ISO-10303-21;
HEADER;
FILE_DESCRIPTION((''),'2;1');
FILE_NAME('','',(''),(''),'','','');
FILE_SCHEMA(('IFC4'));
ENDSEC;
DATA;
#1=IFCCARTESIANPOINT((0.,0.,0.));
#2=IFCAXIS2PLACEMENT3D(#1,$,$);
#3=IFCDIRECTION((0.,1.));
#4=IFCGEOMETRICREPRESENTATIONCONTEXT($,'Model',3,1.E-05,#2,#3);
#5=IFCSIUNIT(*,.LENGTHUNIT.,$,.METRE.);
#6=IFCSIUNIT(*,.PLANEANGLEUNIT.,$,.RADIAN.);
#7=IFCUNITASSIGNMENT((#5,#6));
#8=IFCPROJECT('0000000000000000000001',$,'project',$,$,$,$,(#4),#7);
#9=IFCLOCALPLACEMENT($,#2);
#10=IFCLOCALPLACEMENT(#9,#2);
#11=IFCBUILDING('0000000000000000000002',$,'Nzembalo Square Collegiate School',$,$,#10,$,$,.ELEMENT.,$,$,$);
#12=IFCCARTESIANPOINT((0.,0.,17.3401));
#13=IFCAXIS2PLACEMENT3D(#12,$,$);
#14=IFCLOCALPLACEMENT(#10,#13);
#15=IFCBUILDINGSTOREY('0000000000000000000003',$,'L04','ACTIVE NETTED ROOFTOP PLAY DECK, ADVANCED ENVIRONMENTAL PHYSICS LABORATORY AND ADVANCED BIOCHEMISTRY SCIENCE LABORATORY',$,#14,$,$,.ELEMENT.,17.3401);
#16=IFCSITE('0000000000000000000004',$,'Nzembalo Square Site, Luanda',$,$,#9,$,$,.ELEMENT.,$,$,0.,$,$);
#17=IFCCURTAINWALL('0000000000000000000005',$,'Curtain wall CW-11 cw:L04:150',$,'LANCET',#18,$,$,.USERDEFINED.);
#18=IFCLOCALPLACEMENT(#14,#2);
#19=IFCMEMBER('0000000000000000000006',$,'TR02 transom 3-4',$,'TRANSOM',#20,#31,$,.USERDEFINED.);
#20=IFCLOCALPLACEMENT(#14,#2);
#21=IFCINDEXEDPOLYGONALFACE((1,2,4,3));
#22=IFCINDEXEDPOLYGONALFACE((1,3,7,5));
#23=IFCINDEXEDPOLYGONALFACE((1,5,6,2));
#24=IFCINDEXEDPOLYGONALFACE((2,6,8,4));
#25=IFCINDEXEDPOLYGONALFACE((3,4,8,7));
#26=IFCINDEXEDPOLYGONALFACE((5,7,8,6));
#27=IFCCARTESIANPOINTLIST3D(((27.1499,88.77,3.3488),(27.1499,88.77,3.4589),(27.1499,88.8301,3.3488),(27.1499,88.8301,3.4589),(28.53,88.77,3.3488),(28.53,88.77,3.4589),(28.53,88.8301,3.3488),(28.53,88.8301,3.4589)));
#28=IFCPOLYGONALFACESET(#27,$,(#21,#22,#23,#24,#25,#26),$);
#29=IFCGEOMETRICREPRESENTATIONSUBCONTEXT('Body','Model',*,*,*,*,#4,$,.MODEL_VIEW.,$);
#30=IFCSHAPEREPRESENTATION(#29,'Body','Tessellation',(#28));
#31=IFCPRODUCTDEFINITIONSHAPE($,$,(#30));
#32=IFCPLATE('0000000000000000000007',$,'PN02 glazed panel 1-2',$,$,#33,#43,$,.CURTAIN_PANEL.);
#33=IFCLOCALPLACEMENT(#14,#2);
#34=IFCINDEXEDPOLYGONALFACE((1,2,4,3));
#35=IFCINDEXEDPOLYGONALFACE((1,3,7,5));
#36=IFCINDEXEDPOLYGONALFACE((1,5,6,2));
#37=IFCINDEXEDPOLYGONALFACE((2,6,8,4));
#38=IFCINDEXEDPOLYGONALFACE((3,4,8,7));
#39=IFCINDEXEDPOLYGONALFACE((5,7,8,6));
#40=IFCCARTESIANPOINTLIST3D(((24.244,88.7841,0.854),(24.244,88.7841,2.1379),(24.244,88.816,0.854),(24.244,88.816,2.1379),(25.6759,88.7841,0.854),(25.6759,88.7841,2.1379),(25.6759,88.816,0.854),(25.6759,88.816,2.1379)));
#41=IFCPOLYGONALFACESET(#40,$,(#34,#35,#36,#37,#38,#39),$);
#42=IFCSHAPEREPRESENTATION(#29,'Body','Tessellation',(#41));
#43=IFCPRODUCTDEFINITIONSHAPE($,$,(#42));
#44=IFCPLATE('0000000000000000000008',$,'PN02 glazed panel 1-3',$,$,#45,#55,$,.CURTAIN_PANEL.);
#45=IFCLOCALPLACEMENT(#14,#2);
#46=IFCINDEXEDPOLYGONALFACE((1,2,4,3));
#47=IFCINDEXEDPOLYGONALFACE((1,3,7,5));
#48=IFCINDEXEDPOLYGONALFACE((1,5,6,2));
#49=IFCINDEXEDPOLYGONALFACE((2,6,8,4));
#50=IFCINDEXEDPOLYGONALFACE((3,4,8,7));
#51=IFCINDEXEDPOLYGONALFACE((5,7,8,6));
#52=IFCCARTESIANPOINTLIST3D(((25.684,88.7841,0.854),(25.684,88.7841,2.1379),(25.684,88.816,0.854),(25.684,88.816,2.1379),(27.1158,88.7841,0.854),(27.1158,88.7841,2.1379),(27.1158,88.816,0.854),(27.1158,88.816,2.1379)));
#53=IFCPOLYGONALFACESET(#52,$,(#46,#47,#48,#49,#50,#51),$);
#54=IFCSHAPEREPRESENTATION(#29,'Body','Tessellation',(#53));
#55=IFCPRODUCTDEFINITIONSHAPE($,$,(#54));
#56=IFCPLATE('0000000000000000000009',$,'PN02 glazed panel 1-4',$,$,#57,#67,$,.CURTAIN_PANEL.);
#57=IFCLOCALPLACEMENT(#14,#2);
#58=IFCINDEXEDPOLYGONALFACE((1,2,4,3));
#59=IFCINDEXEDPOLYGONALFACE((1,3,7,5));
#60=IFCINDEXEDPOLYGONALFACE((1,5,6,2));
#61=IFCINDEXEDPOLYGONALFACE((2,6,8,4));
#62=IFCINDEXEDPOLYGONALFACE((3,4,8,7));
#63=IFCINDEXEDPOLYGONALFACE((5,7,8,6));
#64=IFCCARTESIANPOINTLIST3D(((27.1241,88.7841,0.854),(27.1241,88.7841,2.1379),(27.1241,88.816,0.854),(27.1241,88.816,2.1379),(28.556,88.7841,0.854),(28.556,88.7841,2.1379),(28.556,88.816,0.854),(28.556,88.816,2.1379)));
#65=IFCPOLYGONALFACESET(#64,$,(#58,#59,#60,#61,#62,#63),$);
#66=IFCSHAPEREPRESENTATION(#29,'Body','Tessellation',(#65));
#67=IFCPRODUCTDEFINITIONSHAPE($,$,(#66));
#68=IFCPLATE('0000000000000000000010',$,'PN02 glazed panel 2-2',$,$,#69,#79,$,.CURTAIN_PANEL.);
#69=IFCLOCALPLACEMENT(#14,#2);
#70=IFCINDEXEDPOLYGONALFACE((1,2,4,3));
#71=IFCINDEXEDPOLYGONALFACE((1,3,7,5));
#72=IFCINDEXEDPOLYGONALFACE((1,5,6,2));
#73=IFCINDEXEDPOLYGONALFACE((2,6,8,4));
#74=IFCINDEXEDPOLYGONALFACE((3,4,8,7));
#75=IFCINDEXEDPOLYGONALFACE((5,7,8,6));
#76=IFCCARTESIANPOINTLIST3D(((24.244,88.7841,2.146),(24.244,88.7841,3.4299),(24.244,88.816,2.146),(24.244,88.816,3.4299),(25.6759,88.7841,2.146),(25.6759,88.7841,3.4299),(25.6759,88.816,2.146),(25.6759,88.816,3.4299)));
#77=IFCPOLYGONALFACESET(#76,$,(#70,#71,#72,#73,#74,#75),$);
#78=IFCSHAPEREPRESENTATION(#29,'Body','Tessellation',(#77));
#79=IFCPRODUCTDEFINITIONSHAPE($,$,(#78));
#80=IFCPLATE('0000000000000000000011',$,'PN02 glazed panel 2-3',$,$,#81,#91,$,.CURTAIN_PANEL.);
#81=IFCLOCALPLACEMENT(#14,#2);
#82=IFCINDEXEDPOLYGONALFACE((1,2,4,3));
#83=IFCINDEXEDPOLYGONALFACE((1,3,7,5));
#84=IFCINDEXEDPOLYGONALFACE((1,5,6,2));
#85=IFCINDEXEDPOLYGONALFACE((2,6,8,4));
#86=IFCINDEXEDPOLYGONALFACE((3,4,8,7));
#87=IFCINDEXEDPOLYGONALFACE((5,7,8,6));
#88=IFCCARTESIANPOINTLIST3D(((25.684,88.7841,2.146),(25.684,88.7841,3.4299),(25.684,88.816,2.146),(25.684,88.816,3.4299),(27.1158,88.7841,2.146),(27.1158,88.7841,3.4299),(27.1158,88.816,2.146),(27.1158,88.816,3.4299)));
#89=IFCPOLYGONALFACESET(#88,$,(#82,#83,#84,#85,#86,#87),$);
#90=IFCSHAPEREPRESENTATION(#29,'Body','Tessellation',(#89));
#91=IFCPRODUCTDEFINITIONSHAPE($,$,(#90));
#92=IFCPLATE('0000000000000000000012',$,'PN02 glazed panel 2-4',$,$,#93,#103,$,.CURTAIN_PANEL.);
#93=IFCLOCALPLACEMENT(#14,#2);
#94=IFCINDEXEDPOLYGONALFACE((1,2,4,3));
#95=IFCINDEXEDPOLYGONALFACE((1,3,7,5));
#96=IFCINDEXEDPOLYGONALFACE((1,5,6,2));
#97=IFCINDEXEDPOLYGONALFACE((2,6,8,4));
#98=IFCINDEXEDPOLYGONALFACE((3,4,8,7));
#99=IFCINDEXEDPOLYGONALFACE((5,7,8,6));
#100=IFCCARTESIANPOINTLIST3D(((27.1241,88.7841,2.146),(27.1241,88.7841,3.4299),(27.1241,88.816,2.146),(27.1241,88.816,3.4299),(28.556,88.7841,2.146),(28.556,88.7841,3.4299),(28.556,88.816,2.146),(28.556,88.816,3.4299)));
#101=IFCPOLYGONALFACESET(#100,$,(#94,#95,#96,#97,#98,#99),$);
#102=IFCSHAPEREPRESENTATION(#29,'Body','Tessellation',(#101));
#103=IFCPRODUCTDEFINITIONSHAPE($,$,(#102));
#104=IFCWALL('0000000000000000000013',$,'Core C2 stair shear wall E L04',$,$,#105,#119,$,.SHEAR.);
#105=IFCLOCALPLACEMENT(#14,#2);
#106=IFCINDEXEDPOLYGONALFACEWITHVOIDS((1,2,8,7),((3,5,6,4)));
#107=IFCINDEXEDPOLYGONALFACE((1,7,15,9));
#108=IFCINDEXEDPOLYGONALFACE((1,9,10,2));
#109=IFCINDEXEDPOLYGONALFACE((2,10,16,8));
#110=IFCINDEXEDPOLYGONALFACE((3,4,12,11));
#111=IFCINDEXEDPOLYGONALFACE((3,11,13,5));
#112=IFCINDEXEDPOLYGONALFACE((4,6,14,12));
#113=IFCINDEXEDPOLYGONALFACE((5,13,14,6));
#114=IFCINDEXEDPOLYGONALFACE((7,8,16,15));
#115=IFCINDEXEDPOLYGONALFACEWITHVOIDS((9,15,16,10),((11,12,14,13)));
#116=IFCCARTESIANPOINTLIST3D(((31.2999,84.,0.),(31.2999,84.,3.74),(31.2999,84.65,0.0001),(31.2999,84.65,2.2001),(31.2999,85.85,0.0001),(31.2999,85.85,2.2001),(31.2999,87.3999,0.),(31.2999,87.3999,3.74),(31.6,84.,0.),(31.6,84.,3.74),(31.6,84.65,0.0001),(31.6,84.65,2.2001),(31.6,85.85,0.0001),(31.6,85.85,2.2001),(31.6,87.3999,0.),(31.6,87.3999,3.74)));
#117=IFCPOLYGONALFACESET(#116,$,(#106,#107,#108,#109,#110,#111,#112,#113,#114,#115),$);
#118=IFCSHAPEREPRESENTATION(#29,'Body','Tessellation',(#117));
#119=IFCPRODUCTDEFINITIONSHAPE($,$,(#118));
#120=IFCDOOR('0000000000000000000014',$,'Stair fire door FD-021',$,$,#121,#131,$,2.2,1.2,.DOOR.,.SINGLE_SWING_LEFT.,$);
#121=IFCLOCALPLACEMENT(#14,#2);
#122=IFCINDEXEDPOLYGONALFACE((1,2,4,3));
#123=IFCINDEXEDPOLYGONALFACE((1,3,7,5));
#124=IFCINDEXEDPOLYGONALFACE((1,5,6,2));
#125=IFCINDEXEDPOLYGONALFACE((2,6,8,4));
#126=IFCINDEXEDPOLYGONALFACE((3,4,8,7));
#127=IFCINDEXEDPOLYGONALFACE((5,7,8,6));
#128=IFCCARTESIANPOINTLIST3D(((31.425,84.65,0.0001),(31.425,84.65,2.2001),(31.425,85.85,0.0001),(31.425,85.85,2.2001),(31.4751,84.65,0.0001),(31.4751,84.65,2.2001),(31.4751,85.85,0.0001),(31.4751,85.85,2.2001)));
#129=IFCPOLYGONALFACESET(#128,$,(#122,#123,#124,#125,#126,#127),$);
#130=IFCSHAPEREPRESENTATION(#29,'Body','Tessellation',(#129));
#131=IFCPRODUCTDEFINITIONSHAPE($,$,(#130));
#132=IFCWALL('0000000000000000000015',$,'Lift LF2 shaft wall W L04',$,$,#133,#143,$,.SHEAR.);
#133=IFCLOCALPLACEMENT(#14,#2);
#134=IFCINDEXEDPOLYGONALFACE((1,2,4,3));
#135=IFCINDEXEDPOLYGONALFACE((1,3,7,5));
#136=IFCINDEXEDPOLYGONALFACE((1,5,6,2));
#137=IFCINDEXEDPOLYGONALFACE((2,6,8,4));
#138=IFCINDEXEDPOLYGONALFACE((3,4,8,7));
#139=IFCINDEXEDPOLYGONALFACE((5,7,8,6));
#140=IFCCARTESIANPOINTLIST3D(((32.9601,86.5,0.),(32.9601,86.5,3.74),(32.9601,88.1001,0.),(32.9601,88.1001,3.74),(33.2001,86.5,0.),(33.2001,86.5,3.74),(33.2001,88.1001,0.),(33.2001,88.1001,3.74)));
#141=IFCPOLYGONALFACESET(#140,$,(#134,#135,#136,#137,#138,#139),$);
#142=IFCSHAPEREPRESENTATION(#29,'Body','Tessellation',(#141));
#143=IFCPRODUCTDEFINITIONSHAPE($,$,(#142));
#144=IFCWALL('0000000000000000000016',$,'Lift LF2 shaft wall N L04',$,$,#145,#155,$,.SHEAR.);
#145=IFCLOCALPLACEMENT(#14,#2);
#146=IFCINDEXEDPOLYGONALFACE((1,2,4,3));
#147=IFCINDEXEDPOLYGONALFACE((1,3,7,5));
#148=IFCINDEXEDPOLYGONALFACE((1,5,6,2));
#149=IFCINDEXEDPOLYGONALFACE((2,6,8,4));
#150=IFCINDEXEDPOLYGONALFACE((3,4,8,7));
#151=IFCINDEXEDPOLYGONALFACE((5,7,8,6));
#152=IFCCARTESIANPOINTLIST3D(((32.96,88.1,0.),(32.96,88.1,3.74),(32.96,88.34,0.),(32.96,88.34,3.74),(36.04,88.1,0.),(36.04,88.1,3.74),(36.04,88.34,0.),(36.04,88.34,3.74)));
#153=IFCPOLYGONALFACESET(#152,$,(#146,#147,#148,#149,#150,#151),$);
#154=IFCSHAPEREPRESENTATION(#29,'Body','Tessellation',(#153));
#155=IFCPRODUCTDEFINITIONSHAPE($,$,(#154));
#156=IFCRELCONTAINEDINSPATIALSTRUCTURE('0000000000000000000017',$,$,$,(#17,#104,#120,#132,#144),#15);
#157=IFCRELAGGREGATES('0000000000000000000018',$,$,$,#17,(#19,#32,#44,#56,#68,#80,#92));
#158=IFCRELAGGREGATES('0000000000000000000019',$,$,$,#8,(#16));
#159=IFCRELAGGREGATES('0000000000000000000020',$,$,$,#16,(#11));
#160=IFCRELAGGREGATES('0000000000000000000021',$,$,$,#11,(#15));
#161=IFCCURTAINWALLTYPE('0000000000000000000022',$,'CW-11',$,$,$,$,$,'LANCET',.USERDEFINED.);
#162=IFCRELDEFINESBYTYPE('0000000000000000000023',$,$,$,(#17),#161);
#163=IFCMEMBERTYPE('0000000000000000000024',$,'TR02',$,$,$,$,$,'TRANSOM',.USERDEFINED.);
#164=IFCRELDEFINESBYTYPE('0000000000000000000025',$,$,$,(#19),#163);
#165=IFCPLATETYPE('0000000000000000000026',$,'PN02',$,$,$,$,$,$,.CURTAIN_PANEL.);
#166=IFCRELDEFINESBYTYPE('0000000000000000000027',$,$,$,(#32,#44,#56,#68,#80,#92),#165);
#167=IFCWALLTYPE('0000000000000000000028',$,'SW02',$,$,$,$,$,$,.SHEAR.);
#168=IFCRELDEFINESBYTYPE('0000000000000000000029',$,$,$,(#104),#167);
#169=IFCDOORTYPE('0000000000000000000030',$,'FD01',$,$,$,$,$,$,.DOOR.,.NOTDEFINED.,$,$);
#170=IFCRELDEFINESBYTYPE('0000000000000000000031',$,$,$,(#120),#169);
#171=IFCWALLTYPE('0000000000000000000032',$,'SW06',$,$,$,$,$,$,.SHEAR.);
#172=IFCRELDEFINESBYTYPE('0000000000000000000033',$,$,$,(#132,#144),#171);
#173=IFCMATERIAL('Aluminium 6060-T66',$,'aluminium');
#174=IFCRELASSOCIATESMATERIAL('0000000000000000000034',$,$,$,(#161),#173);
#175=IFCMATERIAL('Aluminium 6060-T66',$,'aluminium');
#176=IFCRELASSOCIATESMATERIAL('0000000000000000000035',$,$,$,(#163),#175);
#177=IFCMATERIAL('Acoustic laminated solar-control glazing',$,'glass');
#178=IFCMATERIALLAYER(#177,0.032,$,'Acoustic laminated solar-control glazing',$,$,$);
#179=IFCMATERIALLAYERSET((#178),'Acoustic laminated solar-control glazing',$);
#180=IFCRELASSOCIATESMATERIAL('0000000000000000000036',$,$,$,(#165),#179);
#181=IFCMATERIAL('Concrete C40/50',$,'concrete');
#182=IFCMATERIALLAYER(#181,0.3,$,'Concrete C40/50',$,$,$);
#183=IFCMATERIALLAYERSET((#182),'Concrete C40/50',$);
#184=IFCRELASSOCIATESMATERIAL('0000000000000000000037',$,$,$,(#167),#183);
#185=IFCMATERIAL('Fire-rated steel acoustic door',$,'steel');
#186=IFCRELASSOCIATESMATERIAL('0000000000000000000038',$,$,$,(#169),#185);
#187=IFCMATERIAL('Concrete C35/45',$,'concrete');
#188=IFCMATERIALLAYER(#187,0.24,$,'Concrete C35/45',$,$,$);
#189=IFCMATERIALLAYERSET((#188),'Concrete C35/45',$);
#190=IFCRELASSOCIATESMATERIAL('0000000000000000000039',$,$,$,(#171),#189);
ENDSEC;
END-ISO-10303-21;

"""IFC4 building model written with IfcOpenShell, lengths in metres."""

from ifc_helpers import new_model, si_unit, direction, frame, frame_2d, origin, origin_2d, place, context, subcontext, project, spatial, rectangle, extrude, material, layer, layer_set, material_profile, profile_set, type_object, element, fill, aggregate, save


model = new_model("IFC4")

# Units and contexts
model_context = context("Model", 3, precision=1e-05, world=origin(), true_north=direction((0.0, 1.0)))
body_context = subcontext(model_context, "Body", "Model", "MODEL_VIEW")
ifc_project = project(units=[si_unit("LENGTHUNIT", "METRE"), si_unit("PLANEANGLEUNIT", "RADIAN")], contexts=[model_context])

# Site, building, storey
site_placement = place(None, origin())
site = spatial("IfcSite", under=ifc_project, at=site_placement, Name="Nzembalo Square Site, Luanda", CompositionType="ELEMENT", RefElevation=0.0)
building_placement = place(site_placement, origin())
building = spatial("IfcBuilding", under=site, at=building_placement, Name="Nzembalo Square Collegiate School", CompositionType="ELEMENT")
storey_placement = place(building_placement, frame((0.0, 0.0, 17.3401)))
storey = spatial("IfcBuildingStorey", under=building, at=storey_placement, Name="L04", Description="ACTIVE NETTED ROOFTOP PLAY DECK, ADVANCED ENVIRONMENTAL PHYSICS LABORATORY AND ADVANCED BIOCHEMISTRY SCIENCE LABORATORY", CompositionType="ELEMENT", Elevation=17.3401)

# Curtain wall, member, plates
ifc_material_1 = material(Name="Aluminium 6060-T66", Category="aluminium")
curtain_wall_type = type_object("IfcCurtainWallType", Name="CW-11", ElementType="LANCET", PredefinedType="USERDEFINED", material=ifc_material_1)
curtain_wall_placement = place(storey_placement, origin())
curtain_wall = element("IfcCurtainWall", 1, at=curtain_wall_placement, inside=storey, type_object=curtain_wall_type, Name="Curtain wall CW-11 cw:L04:150", ObjectType="LANCET", PredefinedType="USERDEFINED")
ifc_material_2 = material(Name="Aluminium 6060-T66", Category="aluminium")
ifc_material_profile_1 = material_profile(ifc_material_2, rectangle(XDim=0.0601, YDim=0.1101, at=origin_2d()), Name="ALU T60x110")
ifc_profile_set_1 = profile_set([ifc_material_profile_1], Name="Aluminium 6060-T66")
member_type_1 = type_object("IfcMemberType", Name="TR02", ElementType="TRANSOM", PredefinedType="USERDEFINED", material=ifc_profile_set_1)
member_1_placement = place(storey_placement, frame((27.1499, 88.8, 3.4038), z_axis=(1.0, 0.0, 0.0), x_axis=(0.0, 1.0, 0.0)))
member_1 = element("IfcMember", 2, at=member_1_placement, type_object=member_type_1, Name="TR02 transom 3-4", ObjectType="TRANSOM", PredefinedType="USERDEFINED", context=body_context, shape_type="SweptSolid", body=[
    extrude(rectangle(XDim=0.0601, YDim=0.1101, at=origin_2d()), origin(), (0.0, 0.0, 1.0), 1.3801),
])
ifc_material_3 = material(Name="Acoustic laminated solar-control glazing", Category="glass")
ifc_layer_1 = layer(ifc_material_3, 0.032, Name="Acoustic laminated solar-control glazing")
ifc_layer_set_1 = layer_set([ifc_layer_1], Name="Acoustic laminated solar-control glazing")
plate_type = type_object("IfcPlateType", Name="PN02", PredefinedType="CURTAIN_PANEL", material=ifc_layer_set_1)
plate_1_placement = place(storey_placement, frame((24.96, 88.8, 0.854), z_axis=(0.0, 0.0, 1.0), x_axis=(1.0, 0.0, 0.0)))
plate_1 = element("IfcPlate", 3, at=plate_1_placement, type_object=plate_type, Name="PN02 glazed panel 1-2", PredefinedType="CURTAIN_PANEL", context=body_context, shape_type="SweptSolid", body=[
    extrude(rectangle(XDim=1.4319, YDim=0.032, at=origin_2d()), origin(), (0.0, 0.0, 1.0), 1.2839),
])
plate_2_placement = place(storey_placement, frame((26.3999, 88.8, 0.854), z_axis=(0.0, 0.0, 1.0), x_axis=(1.0, 0.0, 0.0)))
plate_2 = element("IfcPlate", 4, at=plate_2_placement, type_object=plate_type, Name="PN02 glazed panel 1-3", PredefinedType="CURTAIN_PANEL", context=body_context, shape_type="SweptSolid", body=[
    extrude(rectangle(XDim=1.4319, YDim=0.032, at=origin_2d()), origin(), (0.0, 0.0, 1.0), 1.2839),
])
plate_3_placement = place(storey_placement, frame((27.8401, 88.8, 0.854), z_axis=(0.0, 0.0, 1.0), x_axis=(1.0, 0.0, 0.0)))
plate_3 = element("IfcPlate", 5, at=plate_3_placement, type_object=plate_type, Name="PN02 glazed panel 1-4", PredefinedType="CURTAIN_PANEL", context=body_context, shape_type="SweptSolid", body=[
    extrude(rectangle(XDim=1.4319, YDim=0.032, at=origin_2d()), origin(), (0.0, 0.0, 1.0), 1.2839),
])
plate_4_placement = place(storey_placement, frame((24.96, 88.8, 2.146), z_axis=(0.0, 0.0, 1.0), x_axis=(1.0, 0.0, 0.0)))
plate_4 = element("IfcPlate", 6, at=plate_4_placement, type_object=plate_type, Name="PN02 glazed panel 2-2", PredefinedType="CURTAIN_PANEL", context=body_context, shape_type="SweptSolid", body=[
    extrude(rectangle(XDim=1.4319, YDim=0.032, at=origin_2d()), origin(), (0.0, 0.0, 1.0), 1.2839),
])
plate_5_placement = place(storey_placement, frame((26.3999, 88.8, 2.146), z_axis=(0.0, 0.0, 1.0), x_axis=(1.0, 0.0, 0.0)))
plate_5 = element("IfcPlate", 7, at=plate_5_placement, type_object=plate_type, Name="PN02 glazed panel 2-3", PredefinedType="CURTAIN_PANEL", context=body_context, shape_type="SweptSolid", body=[
    extrude(rectangle(XDim=1.4319, YDim=0.032, at=origin_2d()), origin(), (0.0, 0.0, 1.0), 1.2839),
])
plate_6_placement = place(storey_placement, frame((27.8401, 88.8, 2.146), z_axis=(0.0, 0.0, 1.0), x_axis=(1.0, 0.0, 0.0)))
plate_6 = element("IfcPlate", 8, at=plate_6_placement, type_object=plate_type, Name="PN02 glazed panel 2-4", PredefinedType="CURTAIN_PANEL", context=body_context, shape_type="SweptSolid", body=[
    extrude(rectangle(XDim=1.4319, YDim=0.032, at=origin_2d()), origin(), (0.0, 0.0, 1.0), 1.2839),
])
aggregate(curtain_wall, [member_1, plate_1, plate_2, plate_3, plate_4, plate_5, plate_6])

# Wall, opening, door
ifc_material_4 = material(Name="Concrete C40/50", Category="concrete")
ifc_layer_2 = layer(ifc_material_4, 0.3, Name="Concrete C40/50")
ifc_layer_set_2 = layer_set([ifc_layer_2], Name="Concrete C40/50")
wall_type_1 = type_object("IfcWallType", Name="SW02", PredefinedType="SHEAR", material=ifc_layer_set_2)
wall_1_placement = place(storey_placement, frame((31.45, 84.0, 0.0), z_axis=(0.0, 0.0, 1.0), x_axis=(0.0, 1.0, 0.0)))
wall_1 = element("IfcWall", 9, at=wall_1_placement, inside=storey, type_object=wall_type_1, Name="Core C2 stair shear wall E L04", PredefinedType="SHEAR", context=body_context, shape_type="SweptSolid", body=[
    extrude(rectangle(XDim=3.3999, YDim=0.3, at=frame_2d((1.7, 0.0))), origin(), (0.0, 0.0, 1.0), 3.74),
])
opening_1_placement = place(wall_1_placement, frame((0.6499, 0.0, 0.0)))
opening_1 = element("IfcOpeningElement", 10, at=opening_1_placement, cuts=wall_1, PredefinedType="OPENING", context=body_context, shape_type="SweptSolid", body=[
    extrude(rectangle(XDim=1.2, YDim=2.2, at=frame_2d((0.6001, 1.1001))), frame((0.0, 0.1602, 0.0), z_axis=(0.0, -1.0, 0.0), x_axis=(1.0, 0.0, 0.0)), (0.0, 0.0, 1.0), 0.3201),
])
ifc_material_5 = material(Name="Fire-rated steel acoustic door", Category="steel")
door_type_1 = type_object("IfcDoorType", Name="FD01", OperationType="NOTDEFINED", PredefinedType="DOOR", material=ifc_material_5)
door_1_placement = place(opening_1_placement, origin())
door_1 = element("IfcDoor", 11, at=door_1_placement, inside=storey, type_object=door_type_1, Name="Stair fire door FD-021", OperationType="SINGLE_SWING_LEFT", OverallHeight=2.2, OverallWidth=1.2, PredefinedType="DOOR", context=body_context, shape_type="SweptSolid", body=[
    extrude(rectangle(XDim=1.2, YDim=2.2, at=frame_2d((0.6001, 1.1001))), frame((0.0, 0.0249, 0.0), z_axis=(0.0, -1.0, 0.0), x_axis=(1.0, 0.0, 0.0)), (0.0, 0.0, 1.0), 0.05),
])
fill(opening_1, door_1)

# Walls
ifc_material_6 = material(Name="Concrete C35/45", Category="concrete")
ifc_layer_3 = layer(ifc_material_6, 0.24, Name="Concrete C35/45")
ifc_layer_set_3 = layer_set([ifc_layer_3], Name="Concrete C35/45")
wall_type_2 = type_object("IfcWallType", Name="SW06", PredefinedType="SHEAR", material=ifc_layer_set_3)
wall_2_placement = place(storey_placement, frame((33.0801, 86.5, 0.0), z_axis=(0.0, 0.0, 1.0), x_axis=(0.0, 1.0, 0.0)))
element("IfcWall", 12, at=wall_2_placement, inside=storey, type_object=wall_type_2, Name="Lift LF2 shaft wall W L04", PredefinedType="SHEAR", context=body_context, shape_type="SweptSolid", body=[
    extrude(rectangle(XDim=1.6001, YDim=0.24, at=frame_2d((0.8, 0.0))), origin(), (0.0, 0.0, 1.0), 3.74),
])
wall_3_placement = place(storey_placement, frame((32.96, 88.22, 0.0), z_axis=(0.0, 0.0, 1.0), x_axis=(1.0, 0.0, 0.0)))
element("IfcWall", 13, at=wall_3_placement, inside=storey, type_object=wall_type_2, Name="Lift LF2 shaft wall N L04", PredefinedType="SHEAR", context=body_context, shape_type="SweptSolid", body=[
    extrude(rectangle(XDim=3.0801, YDim=0.24, at=frame_2d((1.54, 0.0))), origin(), (0.0, 0.0, 1.0), 3.74),
])

save(model, "model.ifc")
